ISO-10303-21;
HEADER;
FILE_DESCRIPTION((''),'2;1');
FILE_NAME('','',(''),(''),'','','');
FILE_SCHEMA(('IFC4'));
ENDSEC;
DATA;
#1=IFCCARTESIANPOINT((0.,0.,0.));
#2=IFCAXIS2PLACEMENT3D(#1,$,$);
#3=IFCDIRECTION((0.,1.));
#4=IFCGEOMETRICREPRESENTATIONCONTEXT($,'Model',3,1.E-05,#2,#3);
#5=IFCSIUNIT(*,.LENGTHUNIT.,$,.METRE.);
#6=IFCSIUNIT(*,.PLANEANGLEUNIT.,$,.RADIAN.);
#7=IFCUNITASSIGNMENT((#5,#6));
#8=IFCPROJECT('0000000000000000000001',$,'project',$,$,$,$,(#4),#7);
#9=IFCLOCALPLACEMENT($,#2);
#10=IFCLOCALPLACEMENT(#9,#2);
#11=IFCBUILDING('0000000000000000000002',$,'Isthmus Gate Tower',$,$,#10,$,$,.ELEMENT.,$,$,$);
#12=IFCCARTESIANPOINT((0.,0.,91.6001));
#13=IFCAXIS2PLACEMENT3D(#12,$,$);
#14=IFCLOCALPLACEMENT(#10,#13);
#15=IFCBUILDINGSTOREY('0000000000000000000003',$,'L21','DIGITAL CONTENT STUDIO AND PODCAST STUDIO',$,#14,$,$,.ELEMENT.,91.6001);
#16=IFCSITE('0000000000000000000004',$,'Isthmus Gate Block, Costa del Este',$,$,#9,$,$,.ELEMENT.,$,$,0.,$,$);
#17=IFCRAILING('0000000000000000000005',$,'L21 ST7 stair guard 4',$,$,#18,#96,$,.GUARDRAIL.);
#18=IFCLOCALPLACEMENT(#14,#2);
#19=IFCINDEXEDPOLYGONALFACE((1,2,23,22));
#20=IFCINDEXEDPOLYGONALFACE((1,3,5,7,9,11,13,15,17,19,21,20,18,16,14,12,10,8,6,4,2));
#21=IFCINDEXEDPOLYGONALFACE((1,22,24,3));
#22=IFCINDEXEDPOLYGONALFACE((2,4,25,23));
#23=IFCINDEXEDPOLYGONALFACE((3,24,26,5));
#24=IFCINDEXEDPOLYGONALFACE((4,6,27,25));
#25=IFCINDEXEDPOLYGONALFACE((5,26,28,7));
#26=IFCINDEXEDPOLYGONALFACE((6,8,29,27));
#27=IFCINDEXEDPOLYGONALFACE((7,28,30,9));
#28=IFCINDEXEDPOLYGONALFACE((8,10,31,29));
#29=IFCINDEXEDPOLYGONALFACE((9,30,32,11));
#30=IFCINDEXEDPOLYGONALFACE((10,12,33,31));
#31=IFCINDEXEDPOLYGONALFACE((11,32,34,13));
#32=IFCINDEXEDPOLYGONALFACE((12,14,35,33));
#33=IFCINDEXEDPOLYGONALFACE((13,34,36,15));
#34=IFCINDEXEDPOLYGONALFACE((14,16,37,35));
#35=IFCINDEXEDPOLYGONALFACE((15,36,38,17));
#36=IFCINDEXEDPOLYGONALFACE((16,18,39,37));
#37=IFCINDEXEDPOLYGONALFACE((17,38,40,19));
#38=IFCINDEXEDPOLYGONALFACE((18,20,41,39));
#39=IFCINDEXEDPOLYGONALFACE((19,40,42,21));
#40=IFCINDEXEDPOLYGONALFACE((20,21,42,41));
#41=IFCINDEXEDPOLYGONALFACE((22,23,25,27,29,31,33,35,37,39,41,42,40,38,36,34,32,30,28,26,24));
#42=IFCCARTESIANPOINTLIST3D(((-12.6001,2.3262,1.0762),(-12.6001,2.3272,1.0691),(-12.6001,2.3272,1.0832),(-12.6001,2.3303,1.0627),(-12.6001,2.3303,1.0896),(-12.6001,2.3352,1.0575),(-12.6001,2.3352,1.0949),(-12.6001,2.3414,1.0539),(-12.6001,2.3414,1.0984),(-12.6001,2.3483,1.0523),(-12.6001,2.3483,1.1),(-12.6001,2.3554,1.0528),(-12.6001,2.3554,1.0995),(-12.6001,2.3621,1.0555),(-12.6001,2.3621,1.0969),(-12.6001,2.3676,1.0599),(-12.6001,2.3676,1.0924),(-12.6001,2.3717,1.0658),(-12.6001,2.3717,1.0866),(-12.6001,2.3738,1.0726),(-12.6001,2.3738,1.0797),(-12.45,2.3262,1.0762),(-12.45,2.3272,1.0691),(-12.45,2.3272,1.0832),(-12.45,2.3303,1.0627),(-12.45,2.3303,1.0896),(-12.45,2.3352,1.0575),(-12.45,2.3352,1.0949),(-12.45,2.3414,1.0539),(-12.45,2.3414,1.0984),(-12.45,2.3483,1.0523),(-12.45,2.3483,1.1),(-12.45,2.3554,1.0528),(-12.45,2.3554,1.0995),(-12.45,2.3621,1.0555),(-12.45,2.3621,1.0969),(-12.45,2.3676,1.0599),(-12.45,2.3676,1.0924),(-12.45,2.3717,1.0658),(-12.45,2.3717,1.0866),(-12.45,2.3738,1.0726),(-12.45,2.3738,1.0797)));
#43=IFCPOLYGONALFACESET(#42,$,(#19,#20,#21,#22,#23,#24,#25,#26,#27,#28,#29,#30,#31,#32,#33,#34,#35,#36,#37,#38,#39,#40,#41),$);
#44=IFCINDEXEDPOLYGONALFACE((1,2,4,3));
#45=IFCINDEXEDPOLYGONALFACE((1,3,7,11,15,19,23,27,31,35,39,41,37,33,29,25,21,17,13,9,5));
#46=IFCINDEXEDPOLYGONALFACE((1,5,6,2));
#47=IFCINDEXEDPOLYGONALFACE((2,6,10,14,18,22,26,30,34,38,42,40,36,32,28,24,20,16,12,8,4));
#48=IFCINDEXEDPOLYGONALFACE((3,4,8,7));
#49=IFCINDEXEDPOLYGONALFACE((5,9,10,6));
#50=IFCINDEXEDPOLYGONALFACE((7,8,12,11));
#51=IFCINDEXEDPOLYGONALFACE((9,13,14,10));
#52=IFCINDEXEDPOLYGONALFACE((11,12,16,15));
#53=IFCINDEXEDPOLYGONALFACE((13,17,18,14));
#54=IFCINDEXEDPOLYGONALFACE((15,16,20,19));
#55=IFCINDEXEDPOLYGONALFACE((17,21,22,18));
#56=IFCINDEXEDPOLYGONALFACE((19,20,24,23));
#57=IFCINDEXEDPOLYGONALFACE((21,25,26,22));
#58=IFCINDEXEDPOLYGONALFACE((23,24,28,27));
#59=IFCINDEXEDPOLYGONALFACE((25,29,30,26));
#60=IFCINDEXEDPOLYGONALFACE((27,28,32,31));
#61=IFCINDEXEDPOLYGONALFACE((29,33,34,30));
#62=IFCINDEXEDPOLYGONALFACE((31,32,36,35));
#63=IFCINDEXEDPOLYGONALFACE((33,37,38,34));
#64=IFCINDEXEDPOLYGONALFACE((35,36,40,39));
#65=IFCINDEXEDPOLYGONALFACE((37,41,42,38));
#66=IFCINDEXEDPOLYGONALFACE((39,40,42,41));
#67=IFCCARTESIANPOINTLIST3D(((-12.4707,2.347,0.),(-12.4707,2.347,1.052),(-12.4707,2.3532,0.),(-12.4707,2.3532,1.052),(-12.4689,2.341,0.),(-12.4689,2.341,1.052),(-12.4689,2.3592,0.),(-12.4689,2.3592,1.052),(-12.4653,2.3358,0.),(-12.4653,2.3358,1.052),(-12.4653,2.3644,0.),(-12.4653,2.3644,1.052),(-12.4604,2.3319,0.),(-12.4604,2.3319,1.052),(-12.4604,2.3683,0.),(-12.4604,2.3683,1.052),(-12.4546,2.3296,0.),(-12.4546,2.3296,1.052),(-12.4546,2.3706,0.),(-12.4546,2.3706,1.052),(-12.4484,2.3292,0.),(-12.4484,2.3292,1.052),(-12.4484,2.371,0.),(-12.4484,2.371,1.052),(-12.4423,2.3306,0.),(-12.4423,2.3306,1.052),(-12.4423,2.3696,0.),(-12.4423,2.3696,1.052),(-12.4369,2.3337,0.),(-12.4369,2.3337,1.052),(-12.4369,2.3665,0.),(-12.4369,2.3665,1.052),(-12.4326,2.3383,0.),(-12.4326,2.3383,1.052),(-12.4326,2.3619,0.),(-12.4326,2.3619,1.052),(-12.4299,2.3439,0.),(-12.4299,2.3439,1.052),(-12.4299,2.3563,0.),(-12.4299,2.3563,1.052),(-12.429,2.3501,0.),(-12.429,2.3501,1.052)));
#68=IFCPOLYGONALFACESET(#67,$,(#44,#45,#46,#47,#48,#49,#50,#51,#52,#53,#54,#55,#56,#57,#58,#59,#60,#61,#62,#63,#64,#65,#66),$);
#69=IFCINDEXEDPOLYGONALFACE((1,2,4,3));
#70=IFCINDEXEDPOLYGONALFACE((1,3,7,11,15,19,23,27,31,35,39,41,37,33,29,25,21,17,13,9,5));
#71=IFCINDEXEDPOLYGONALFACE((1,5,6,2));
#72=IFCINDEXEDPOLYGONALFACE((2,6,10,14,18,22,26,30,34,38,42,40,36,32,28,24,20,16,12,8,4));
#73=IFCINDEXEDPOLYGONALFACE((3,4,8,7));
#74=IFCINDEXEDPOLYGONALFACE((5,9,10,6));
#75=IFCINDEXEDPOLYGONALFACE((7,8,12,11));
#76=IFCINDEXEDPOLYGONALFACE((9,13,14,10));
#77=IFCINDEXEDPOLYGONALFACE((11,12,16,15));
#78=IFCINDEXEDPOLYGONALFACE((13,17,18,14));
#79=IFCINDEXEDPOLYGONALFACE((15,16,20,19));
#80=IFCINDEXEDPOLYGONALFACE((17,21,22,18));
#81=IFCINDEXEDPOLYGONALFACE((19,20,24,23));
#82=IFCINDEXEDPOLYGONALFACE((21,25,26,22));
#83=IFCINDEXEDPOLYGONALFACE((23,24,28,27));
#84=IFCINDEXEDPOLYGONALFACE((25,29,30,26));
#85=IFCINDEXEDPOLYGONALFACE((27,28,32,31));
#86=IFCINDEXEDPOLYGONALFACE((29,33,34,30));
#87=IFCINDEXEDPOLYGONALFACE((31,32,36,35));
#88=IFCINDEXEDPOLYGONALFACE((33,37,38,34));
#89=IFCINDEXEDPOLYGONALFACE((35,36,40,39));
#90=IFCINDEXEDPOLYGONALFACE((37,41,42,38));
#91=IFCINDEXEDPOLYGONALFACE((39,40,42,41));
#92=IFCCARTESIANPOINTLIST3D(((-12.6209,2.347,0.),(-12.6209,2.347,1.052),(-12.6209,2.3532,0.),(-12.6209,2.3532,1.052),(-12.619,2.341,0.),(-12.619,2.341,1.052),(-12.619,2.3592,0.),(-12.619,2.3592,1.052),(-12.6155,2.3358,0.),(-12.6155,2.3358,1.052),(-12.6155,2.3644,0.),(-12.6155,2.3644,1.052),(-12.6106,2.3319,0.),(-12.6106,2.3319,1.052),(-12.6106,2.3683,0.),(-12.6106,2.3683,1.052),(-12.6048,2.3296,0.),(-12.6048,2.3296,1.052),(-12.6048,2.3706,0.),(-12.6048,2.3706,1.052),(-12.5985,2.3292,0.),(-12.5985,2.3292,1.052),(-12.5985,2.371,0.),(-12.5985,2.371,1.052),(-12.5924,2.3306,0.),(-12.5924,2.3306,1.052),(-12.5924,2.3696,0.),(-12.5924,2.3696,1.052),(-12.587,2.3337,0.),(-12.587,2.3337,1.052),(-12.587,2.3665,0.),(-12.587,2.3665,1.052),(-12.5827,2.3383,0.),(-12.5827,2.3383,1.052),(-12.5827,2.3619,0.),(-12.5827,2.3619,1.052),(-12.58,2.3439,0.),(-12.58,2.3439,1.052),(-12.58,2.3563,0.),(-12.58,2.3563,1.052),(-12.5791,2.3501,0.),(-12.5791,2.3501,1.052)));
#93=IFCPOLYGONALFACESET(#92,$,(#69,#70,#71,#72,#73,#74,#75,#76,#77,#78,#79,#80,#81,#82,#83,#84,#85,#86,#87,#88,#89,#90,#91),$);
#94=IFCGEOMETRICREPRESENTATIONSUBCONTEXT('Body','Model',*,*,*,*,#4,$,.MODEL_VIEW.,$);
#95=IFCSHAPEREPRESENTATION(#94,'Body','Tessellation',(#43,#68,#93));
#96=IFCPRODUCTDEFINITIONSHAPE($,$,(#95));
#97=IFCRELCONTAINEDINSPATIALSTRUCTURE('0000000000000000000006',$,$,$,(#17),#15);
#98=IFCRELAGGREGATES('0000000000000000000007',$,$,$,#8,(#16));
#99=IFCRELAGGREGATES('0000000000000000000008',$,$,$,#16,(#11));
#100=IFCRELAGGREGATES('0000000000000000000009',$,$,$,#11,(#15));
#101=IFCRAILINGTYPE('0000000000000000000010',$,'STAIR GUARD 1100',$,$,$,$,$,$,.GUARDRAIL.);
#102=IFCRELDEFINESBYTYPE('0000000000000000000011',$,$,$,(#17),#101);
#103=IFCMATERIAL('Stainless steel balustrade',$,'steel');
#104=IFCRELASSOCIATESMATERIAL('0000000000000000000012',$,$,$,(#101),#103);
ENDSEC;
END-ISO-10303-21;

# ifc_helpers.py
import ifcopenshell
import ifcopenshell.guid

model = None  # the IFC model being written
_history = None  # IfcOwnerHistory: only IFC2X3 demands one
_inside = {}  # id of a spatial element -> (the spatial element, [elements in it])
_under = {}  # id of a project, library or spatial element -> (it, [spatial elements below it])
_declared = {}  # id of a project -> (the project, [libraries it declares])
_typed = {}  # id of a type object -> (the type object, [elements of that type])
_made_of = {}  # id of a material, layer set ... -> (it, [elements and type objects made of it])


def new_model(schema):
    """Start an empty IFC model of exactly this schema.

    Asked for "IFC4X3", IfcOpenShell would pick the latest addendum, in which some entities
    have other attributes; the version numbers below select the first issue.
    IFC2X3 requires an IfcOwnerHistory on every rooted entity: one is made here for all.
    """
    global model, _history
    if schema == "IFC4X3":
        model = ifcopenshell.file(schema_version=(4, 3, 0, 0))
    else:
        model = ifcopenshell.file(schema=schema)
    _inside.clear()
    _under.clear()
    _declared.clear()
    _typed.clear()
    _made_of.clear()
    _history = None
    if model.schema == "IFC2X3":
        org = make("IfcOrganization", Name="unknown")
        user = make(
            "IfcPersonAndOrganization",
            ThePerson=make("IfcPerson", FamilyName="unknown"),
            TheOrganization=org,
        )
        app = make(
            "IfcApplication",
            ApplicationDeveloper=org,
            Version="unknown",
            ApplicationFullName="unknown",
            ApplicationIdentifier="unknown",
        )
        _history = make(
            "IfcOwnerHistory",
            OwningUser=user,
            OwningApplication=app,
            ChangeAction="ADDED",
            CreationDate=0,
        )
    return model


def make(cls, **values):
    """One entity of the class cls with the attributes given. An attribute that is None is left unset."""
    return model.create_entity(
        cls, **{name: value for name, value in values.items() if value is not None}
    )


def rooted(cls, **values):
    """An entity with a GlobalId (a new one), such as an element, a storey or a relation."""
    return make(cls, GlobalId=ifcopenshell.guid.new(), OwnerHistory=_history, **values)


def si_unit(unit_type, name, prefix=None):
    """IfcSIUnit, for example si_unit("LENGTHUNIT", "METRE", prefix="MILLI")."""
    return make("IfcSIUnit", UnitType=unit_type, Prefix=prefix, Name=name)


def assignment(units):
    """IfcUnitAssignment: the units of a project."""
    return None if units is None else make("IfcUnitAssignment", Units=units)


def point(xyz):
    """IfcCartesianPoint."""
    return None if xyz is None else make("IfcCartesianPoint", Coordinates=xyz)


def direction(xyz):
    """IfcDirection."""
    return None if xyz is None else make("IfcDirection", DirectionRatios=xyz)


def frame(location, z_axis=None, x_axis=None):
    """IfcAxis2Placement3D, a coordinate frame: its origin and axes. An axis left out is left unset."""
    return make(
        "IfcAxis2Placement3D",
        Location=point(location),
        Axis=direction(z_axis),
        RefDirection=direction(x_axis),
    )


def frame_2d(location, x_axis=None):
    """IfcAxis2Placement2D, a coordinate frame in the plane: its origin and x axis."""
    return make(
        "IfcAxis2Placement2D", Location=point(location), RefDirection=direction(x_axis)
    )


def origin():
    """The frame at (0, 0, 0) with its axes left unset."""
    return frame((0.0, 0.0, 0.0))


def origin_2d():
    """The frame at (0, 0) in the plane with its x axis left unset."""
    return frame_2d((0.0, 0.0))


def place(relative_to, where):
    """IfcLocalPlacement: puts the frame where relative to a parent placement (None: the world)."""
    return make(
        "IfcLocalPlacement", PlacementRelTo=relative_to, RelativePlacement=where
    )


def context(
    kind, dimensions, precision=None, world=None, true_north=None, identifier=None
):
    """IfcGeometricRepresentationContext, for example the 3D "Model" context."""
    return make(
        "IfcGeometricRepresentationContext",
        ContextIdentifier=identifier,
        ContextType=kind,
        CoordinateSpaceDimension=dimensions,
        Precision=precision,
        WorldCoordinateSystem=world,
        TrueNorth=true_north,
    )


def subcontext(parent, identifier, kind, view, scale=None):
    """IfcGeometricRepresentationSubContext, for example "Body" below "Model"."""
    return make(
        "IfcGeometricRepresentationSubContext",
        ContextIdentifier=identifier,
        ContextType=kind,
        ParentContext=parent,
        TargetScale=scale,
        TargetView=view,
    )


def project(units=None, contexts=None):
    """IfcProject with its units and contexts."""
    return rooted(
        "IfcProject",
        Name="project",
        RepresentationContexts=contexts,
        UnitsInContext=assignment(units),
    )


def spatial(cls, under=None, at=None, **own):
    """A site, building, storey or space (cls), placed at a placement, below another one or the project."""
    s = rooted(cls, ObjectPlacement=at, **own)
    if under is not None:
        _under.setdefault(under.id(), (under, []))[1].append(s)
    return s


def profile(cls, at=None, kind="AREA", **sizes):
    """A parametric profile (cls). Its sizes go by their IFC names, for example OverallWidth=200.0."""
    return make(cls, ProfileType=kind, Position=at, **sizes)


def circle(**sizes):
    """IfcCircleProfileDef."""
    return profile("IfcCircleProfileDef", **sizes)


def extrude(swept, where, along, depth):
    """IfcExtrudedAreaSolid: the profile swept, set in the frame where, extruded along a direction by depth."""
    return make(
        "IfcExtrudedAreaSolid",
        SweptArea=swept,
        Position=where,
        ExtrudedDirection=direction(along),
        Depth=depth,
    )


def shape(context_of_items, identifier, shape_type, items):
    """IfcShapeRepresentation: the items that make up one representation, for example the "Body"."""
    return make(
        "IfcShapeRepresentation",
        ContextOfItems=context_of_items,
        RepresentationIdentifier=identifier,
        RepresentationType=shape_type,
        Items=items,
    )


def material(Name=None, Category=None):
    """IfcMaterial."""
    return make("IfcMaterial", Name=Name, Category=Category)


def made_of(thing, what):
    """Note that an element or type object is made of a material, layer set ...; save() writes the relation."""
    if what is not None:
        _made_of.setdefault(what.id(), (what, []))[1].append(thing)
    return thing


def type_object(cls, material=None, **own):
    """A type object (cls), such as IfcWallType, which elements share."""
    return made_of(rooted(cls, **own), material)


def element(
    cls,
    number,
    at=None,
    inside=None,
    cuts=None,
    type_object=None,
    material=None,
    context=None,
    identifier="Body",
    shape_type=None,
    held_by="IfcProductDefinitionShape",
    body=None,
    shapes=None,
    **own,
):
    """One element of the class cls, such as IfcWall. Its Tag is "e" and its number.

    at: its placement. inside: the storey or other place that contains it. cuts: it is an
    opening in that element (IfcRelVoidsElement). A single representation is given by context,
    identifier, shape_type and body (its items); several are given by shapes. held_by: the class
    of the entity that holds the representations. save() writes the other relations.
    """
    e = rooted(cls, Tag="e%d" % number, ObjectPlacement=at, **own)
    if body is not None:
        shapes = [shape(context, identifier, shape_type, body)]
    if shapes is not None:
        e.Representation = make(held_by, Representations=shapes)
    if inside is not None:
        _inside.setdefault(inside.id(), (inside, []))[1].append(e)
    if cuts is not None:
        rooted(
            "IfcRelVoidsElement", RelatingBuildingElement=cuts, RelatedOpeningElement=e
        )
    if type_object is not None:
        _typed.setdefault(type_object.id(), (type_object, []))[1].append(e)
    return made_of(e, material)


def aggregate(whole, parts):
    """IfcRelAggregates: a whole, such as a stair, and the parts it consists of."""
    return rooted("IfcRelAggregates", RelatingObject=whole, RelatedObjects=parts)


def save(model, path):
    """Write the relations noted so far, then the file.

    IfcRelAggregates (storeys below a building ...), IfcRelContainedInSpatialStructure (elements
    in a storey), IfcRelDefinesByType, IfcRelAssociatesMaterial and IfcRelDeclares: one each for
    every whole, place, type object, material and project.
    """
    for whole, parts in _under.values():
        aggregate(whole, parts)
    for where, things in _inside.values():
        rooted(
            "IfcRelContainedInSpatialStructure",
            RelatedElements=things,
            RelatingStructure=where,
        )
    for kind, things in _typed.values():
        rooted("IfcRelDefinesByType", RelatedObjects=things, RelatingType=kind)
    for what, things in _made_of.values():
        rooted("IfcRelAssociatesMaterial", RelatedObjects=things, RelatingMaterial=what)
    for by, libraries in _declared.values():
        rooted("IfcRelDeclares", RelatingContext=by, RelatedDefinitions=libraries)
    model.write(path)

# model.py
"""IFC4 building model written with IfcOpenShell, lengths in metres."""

from ifc_helpers import new_model, si_unit, direction, frame, origin, origin_2d, place, context, subcontext, project, spatial, circle, extrude, material, type_object, element, save


model = new_model("IFC4")

# Units and contexts
model_context = context("Model", 3, precision=1e-05, world=origin(), true_north=direction((0.0, 1.0)))
body_context = subcontext(model_context, "Body", "Model", "MODEL_VIEW")
ifc_project = project(units=[si_unit("LENGTHUNIT", "METRE"), si_unit("PLANEANGLEUNIT", "RADIAN")], contexts=[model_context])

# Site, building, storey
site_placement = place(None, origin())
site = spatial("IfcSite", under=ifc_project, at=site_placement, Name="Isthmus Gate Block, Costa del Este", CompositionType="ELEMENT", RefElevation=0.0)
building_placement = place(site_placement, origin())
building = spatial("IfcBuilding", under=site, at=building_placement, Name="Isthmus Gate Tower", CompositionType="ELEMENT")
storey_placement = place(building_placement, frame((0.0, 0.0, 91.6001)))
storey = spatial("IfcBuildingStorey", under=building, at=storey_placement, Name="L21", Description="DIGITAL CONTENT STUDIO AND PODCAST STUDIO", CompositionType="ELEMENT", Elevation=91.6001)

# Railing
ifc_material_1 = material(Name="Stainless steel balustrade", Category="steel")
railing_type_1 = type_object("IfcRailingType", Name="STAIR GUARD 1100", PredefinedType="GUARDRAIL", material=ifc_material_1)
railing_1_placement = place(storey_placement, frame((-12.45, 2.3501, 0.0)))
element("IfcRailing", 1, at=railing_1_placement, inside=storey, type_object=railing_type_1, Name="L21 ST7 stair guard 4", PredefinedType="GUARDRAIL", context=body_context, shape_type="SweptSolid", body=[
    extrude(circle(Radius=0.0239, at=origin_2d()), frame((0.0, 0.0, 1.0762), z_axis=(-1.0, 0.0, 0.0), x_axis=(0.0, -1.0, 0.0)), (0.0, 0.0, 1.0), 0.1501),
    extrude(circle(Radius=0.021, at=origin_2d()), origin(), (0.0, 0.0, 1.0), 1.052),
    extrude(circle(Radius=0.021, at=origin_2d()), frame((-0.1501, 0.0, 0.0)), (0.0, 0.0, 1.0), 1.052),
])

save(model, "model.ifc")
